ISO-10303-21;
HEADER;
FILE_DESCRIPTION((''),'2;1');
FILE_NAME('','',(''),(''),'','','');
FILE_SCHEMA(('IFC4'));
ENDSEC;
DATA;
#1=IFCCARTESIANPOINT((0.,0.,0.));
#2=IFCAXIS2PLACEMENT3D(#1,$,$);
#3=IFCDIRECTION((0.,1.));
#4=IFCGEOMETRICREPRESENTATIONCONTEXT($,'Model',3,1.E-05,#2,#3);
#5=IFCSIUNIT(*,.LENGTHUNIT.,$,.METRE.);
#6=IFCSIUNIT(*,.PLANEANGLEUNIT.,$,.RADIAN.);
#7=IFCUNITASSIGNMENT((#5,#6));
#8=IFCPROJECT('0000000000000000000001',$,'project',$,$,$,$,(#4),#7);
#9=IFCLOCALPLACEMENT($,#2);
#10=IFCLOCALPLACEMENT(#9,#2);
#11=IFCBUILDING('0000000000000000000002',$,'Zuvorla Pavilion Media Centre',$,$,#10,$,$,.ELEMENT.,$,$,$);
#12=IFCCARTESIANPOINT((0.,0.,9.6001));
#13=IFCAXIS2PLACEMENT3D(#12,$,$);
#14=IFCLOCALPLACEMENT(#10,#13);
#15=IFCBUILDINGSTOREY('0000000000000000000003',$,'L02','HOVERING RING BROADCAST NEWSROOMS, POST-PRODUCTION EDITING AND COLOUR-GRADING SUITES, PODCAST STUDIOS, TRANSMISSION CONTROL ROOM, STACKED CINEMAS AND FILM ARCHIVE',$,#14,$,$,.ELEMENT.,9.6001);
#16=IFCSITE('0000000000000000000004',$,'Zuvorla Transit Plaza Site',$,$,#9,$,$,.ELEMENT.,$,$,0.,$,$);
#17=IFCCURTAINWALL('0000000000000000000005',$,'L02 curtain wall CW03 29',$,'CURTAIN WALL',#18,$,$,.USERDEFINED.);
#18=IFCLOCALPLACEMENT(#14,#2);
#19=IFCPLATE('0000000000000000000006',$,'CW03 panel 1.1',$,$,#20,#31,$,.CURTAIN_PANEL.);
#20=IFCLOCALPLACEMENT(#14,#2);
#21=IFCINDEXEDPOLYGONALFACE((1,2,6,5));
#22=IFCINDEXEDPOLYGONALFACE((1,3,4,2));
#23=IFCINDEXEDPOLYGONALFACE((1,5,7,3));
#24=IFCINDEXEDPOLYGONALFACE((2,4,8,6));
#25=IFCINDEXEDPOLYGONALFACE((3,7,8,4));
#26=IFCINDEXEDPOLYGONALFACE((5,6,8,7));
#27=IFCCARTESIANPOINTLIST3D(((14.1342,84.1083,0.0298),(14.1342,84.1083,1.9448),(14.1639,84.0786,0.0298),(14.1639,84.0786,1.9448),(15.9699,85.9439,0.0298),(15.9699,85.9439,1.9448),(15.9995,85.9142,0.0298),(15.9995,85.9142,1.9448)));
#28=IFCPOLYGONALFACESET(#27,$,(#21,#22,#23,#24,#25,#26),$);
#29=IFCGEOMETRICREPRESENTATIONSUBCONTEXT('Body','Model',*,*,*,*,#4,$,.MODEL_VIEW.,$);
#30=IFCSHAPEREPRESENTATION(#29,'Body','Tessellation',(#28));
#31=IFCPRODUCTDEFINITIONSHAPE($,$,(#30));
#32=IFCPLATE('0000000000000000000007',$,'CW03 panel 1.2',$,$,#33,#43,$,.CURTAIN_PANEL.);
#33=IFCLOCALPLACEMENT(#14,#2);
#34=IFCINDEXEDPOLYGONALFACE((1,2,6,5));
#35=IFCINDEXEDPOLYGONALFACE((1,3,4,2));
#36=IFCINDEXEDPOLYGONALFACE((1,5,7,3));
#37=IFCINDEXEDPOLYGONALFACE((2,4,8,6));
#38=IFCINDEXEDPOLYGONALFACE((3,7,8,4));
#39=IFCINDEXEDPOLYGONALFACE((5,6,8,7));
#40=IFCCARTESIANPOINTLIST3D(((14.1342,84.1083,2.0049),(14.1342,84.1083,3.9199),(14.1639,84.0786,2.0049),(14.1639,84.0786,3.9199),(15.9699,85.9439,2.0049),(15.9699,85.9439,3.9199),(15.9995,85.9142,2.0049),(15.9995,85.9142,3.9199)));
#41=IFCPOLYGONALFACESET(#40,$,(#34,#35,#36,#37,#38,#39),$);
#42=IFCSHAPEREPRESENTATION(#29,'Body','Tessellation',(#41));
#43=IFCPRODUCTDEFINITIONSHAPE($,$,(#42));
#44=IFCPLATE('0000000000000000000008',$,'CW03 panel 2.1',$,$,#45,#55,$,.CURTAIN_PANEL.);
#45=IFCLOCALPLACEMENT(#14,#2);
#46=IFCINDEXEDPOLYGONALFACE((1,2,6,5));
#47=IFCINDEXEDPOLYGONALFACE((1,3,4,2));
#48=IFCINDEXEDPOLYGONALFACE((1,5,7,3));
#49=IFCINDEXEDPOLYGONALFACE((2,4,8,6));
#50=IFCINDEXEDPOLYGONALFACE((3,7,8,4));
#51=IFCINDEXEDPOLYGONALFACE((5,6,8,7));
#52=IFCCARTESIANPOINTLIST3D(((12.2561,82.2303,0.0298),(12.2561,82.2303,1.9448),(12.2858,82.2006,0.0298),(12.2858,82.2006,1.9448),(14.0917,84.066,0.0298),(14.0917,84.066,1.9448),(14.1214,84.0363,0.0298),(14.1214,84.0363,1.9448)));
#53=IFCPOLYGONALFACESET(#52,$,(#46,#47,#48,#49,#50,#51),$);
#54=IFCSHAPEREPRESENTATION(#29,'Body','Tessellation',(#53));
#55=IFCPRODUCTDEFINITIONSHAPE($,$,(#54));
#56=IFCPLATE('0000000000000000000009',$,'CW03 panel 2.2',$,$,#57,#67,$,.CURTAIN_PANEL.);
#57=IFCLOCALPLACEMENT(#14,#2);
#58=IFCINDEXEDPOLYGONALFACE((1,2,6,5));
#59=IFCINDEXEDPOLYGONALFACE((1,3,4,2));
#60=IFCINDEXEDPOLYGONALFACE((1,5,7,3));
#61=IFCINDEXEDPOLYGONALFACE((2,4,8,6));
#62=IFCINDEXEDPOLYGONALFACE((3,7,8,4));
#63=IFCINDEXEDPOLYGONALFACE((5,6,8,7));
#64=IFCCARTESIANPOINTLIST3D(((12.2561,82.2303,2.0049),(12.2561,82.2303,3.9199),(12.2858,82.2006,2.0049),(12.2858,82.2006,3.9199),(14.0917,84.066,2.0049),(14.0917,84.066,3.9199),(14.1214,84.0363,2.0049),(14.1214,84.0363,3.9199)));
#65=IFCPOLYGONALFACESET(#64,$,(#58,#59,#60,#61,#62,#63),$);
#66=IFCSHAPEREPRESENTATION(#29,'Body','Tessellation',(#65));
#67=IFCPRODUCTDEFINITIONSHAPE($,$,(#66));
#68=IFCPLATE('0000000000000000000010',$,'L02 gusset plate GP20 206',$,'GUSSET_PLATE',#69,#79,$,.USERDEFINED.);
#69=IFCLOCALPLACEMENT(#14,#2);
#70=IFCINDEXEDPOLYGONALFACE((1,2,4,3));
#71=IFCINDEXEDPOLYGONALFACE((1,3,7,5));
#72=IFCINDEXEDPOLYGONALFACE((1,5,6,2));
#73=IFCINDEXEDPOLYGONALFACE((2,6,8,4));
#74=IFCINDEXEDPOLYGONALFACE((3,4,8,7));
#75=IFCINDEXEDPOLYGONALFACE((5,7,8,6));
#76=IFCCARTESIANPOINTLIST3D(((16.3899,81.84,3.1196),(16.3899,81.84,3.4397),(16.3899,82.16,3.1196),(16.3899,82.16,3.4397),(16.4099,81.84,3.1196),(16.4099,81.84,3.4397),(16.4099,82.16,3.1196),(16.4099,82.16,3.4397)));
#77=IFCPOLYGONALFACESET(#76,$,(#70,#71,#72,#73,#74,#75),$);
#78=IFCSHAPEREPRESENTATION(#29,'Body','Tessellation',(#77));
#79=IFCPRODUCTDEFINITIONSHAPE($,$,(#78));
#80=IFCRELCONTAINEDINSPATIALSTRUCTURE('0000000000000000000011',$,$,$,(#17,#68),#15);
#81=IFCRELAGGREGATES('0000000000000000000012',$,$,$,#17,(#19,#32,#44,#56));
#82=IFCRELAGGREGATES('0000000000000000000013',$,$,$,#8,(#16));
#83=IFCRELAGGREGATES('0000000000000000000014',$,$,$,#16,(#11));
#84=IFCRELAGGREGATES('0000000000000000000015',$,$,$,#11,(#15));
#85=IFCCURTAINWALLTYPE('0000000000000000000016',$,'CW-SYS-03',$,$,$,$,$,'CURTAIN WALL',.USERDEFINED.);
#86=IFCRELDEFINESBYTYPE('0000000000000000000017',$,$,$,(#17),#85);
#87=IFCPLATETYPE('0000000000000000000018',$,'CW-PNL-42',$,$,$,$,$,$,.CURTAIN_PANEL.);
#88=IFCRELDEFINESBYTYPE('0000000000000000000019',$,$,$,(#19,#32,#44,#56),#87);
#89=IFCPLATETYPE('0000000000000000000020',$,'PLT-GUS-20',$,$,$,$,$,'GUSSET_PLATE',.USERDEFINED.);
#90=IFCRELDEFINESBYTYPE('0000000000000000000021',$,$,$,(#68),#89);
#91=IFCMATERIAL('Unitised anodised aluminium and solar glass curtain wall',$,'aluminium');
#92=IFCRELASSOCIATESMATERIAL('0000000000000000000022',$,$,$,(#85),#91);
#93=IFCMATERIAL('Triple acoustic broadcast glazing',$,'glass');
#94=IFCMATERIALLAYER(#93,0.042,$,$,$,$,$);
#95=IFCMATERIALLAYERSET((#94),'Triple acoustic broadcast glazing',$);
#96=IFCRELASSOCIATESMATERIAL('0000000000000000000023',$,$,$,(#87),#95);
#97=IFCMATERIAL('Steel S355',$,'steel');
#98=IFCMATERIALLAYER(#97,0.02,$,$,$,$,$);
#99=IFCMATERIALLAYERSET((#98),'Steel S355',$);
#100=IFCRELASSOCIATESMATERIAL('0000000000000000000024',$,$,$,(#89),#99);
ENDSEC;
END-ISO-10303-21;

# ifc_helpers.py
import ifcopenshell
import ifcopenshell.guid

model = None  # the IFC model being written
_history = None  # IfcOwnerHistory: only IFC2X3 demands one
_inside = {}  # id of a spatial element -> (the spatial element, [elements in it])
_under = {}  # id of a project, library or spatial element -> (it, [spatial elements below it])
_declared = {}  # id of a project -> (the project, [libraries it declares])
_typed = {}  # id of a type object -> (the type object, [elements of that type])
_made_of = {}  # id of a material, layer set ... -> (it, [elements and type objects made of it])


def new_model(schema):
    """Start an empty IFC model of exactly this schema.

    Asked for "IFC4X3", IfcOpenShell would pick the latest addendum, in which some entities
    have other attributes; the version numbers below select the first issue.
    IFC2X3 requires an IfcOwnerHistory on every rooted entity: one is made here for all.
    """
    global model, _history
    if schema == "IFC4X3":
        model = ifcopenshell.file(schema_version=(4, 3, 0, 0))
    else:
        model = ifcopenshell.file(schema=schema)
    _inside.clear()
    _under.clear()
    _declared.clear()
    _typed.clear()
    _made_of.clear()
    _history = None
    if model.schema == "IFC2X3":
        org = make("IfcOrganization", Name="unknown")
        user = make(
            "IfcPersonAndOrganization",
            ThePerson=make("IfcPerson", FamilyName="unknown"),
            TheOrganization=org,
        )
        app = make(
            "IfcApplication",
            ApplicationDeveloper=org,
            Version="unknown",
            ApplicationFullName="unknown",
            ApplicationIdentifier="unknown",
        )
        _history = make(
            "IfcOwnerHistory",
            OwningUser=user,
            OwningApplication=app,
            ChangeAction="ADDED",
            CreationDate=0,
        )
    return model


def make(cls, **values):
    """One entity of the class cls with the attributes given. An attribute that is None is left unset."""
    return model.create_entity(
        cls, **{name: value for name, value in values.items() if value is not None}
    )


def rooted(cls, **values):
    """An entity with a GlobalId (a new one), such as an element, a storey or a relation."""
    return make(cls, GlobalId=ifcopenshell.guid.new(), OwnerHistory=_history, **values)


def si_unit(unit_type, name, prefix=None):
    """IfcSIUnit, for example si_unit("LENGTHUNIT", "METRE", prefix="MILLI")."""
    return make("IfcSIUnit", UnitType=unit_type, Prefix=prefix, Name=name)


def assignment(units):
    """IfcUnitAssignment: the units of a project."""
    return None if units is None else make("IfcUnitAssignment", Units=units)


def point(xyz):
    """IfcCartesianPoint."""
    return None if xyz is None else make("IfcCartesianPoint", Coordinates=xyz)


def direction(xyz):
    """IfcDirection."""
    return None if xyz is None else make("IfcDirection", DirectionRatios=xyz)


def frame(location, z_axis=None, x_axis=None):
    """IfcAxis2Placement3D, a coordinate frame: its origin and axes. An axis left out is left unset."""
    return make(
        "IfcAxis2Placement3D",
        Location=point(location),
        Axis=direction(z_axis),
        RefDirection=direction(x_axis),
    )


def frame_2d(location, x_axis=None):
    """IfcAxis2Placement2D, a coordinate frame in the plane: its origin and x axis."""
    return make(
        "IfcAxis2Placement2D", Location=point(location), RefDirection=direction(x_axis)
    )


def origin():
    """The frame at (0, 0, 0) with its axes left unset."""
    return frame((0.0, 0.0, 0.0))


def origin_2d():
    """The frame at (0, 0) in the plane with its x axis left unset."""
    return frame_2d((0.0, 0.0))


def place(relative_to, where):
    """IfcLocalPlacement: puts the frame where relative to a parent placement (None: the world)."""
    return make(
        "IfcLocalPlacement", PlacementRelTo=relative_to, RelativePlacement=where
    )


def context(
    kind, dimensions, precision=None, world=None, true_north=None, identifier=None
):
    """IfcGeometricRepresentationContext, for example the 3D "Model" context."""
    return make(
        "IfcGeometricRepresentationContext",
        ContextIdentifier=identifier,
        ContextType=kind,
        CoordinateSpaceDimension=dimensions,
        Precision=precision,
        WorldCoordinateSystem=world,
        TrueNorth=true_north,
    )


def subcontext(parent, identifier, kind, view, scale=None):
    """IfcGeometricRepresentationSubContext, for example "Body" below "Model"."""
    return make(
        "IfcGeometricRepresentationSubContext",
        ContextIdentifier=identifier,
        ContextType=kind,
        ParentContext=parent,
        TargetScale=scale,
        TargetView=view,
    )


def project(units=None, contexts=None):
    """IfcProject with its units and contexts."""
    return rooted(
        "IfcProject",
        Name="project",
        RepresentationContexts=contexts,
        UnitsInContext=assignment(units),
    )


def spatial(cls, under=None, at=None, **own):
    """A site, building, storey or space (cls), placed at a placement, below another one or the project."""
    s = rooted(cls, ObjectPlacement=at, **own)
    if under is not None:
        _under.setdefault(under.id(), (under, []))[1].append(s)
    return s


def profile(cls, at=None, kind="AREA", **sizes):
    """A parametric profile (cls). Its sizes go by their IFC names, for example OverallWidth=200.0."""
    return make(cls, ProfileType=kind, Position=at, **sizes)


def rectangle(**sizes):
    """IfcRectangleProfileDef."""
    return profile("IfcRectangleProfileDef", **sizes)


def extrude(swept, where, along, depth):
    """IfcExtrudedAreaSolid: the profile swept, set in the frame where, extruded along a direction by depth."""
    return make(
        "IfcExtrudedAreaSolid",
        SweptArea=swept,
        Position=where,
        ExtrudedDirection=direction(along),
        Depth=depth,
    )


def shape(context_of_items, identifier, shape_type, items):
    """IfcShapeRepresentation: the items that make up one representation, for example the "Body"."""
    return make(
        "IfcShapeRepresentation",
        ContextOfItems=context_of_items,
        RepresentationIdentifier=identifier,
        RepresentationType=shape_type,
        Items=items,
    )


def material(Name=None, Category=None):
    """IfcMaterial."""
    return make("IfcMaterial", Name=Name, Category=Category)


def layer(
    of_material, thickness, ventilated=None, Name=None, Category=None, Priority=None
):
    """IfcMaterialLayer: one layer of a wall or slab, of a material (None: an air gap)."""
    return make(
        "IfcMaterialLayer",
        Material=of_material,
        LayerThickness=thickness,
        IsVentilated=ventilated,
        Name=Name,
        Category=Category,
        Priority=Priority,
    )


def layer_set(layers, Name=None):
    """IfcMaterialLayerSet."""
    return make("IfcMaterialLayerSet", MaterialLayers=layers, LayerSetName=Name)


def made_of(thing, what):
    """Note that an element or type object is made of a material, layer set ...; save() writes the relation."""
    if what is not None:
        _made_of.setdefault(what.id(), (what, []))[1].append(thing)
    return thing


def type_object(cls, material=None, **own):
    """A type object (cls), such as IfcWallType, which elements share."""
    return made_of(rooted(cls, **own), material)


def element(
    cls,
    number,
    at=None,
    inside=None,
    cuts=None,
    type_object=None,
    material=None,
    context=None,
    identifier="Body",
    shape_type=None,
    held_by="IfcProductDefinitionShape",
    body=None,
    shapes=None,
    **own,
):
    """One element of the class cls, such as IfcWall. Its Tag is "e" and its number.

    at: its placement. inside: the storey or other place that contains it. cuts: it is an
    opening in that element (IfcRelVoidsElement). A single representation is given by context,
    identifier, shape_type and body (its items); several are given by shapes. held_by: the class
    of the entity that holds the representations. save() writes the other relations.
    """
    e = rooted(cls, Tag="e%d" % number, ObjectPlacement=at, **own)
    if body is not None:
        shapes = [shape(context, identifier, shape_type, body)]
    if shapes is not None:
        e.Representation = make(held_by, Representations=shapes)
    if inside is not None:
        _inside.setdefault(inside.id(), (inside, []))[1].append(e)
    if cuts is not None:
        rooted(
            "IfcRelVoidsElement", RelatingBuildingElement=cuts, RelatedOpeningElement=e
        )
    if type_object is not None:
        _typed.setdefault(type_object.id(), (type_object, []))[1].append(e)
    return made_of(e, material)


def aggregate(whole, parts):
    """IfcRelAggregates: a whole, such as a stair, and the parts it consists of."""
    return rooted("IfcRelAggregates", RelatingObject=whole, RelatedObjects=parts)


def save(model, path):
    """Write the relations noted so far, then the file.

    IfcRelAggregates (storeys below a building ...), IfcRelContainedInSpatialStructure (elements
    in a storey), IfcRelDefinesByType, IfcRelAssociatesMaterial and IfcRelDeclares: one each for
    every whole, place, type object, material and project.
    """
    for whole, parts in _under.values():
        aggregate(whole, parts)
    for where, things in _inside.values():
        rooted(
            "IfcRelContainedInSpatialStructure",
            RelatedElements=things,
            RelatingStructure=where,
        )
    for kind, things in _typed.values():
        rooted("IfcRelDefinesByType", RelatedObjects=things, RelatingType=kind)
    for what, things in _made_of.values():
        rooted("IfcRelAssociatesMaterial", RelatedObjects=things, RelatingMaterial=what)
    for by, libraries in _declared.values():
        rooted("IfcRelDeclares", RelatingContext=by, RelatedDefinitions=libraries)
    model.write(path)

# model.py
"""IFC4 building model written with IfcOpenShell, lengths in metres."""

from ifc_helpers import new_model, si_unit, direction, frame, origin, origin_2d, place, context, subcontext, project, spatial, rectangle, extrude, material, layer, layer_set, type_object, element, aggregate, save


model = new_model("IFC4")

# Units and contexts
model_context = context("Model", 3, precision=1e-05, world=origin(), true_north=direction((0.0, 1.0)))
body_context = subcontext(model_context, "Body", "Model", "MODEL_VIEW")
ifc_project = project(units=[si_unit("LENGTHUNIT", "METRE"), si_unit("PLANEANGLEUNIT", "RADIAN")], contexts=[model_context])

# Site, building, storey
site_placement = place(None, origin())
site = spatial("IfcSite", under=ifc_project, at=site_placement, Name="Zuvorla Transit Plaza Site", CompositionType="ELEMENT", RefElevation=0.0)
building_placement = place(site_placement, origin())
building = spatial("IfcBuilding", under=site, at=building_placement, Name="Zuvorla Pavilion Media Centre", CompositionType="ELEMENT")
storey_placement = place(building_placement, frame((0.0, 0.0, 9.6001)))
storey = spatial("IfcBuildingStorey", under=building, at=storey_placement, Name="L02", Description="HOVERING RING BROADCAST NEWSROOMS, POST-PRODUCTION EDITING AND COLOUR-GRADING SUITES, PODCAST STUDIOS, TRANSMISSION CONTROL ROOM, STACKED CINEMAS AND FILM ARCHIVE", CompositionType="ELEMENT", Elevation=9.6001)

# Shared definitions
ifc_material_1 = material(Name="Steel S355", Category="steel")

# Shared definitions
ifc_material_2 = material(Name="Unitised anodised aluminium and solar glass curtain wall", Category="aluminium")

# Curtain wall
curtain_wall_type_1 = type_object("IfcCurtainWallType", Name="CW-SYS-03", ElementType="CURTAIN WALL", PredefinedType="USERDEFINED", material=ifc_material_2)
curtain_wall_1_placement = place(storey_placement, origin())
curtain_wall_1 = element("IfcCurtainWall", 1, at=curtain_wall_1_placement, inside=storey, type_object=curtain_wall_type_1, Name="L02 curtain wall CW03 29", ObjectType="CURTAIN WALL", PredefinedType="USERDEFINED")

# Plates
ifc_material_3 = material(Name="Triple acoustic broadcast glazing", Category="glass")
ifc_layer_1 = layer(ifc_material_3, 0.042)
ifc_layer_set_1 = layer_set([ifc_layer_1], Name="Triple acoustic broadcast glazing")
plate_type_1 = type_object("IfcPlateType", Name="CW-PNL-42", PredefinedType="CURTAIN_PANEL", material=ifc_layer_set_1)
plate_1_placement = place(storey_placement, frame((15.0669, 85.0112, 0.0298), z_axis=(0.0, 0.0, 1.0), x_axis=(-0.707107, -0.707107, 0.0)))
plate_1 = element("IfcPlate", 2, at=plate_1_placement, type_object=plate_type_1, Name="CW03 panel 1.1", PredefinedType="CURTAIN_PANEL", context=body_context, shape_type="SweptSolid", body=[
    extrude(rectangle(XDim=2.5959, YDim=0.042, at=origin_2d()), origin(), (0.0, 0.0, 1.0), 1.915),
])
plate_2_placement = place(storey_placement, frame((15.0669, 85.0112, 2.0049), z_axis=(0.0, 0.0, 1.0), x_axis=(-0.707107, -0.707107, 0.0)))
plate_2 = element("IfcPlate", 3, at=plate_2_placement, type_object=plate_type_1, Name="CW03 panel 1.2", PredefinedType="CURTAIN_PANEL", context=body_context, shape_type="SweptSolid", body=[
    extrude(rectangle(XDim=2.5959, YDim=0.042, at=origin_2d()), origin(), (0.0, 0.0, 1.0), 1.915),
])
plate_3_placement = place(storey_placement, frame((13.1887, 83.1333, 0.0298), z_axis=(0.0, 0.0, 1.0), x_axis=(-0.707107, -0.707107, 0.0)))
plate_3 = element("IfcPlate", 4, at=plate_3_placement, type_object=plate_type_1, Name="CW03 panel 2.1", PredefinedType="CURTAIN_PANEL", context=body_context, shape_type="SweptSolid", body=[
    extrude(rectangle(XDim=2.5959, YDim=0.042, at=origin_2d()), origin(), (0.0, 0.0, 1.0), 1.915),
])
plate_4_placement = place(storey_placement, frame((13.1887, 83.1333, 2.0049), z_axis=(0.0, 0.0, 1.0), x_axis=(-0.707107, -0.707107, 0.0)))
plate_4 = element("IfcPlate", 5, at=plate_4_placement, type_object=plate_type_1, Name="CW03 panel 2.2", PredefinedType="CURTAIN_PANEL", context=body_context, shape_type="SweptSolid", body=[
    extrude(rectangle(XDim=2.5959, YDim=0.042, at=origin_2d()), origin(), (0.0, 0.0, 1.0), 1.915),
])
aggregate(curtain_wall_1, [plate_1, plate_2, plate_3, plate_4])
ifc_layer_2 = layer(ifc_material_1, 0.02)
ifc_layer_set_2 = layer_set([ifc_layer_2], Name="Steel S355")
plate_type_2 = type_object("IfcPlateType", Name="PLT-GUS-20", ElementType="GUSSET_PLATE", PredefinedType="USERDEFINED", material=ifc_layer_set_2)
plate_5_placement = place(storey_placement, frame((16.3999, 82.0, 3.1196), z_axis=(0.0, 0.0, 1.0), x_axis=(1.0, 0.0, 0.0)))
element("IfcPlate", 6, at=plate_5_placement, inside=storey, type_object=plate_type_2, Name="L02 gusset plate GP20 206", ObjectType="GUSSET_PLATE", PredefinedType="USERDEFINED", context=body_context, shape_type="SweptSolid", body=[
    extrude(rectangle(XDim=0.02, YDim=0.3201, at=origin_2d()), origin(), (0.0, 0.0, 1.0), 0.3201),
])

save(model, "model.ifc")
